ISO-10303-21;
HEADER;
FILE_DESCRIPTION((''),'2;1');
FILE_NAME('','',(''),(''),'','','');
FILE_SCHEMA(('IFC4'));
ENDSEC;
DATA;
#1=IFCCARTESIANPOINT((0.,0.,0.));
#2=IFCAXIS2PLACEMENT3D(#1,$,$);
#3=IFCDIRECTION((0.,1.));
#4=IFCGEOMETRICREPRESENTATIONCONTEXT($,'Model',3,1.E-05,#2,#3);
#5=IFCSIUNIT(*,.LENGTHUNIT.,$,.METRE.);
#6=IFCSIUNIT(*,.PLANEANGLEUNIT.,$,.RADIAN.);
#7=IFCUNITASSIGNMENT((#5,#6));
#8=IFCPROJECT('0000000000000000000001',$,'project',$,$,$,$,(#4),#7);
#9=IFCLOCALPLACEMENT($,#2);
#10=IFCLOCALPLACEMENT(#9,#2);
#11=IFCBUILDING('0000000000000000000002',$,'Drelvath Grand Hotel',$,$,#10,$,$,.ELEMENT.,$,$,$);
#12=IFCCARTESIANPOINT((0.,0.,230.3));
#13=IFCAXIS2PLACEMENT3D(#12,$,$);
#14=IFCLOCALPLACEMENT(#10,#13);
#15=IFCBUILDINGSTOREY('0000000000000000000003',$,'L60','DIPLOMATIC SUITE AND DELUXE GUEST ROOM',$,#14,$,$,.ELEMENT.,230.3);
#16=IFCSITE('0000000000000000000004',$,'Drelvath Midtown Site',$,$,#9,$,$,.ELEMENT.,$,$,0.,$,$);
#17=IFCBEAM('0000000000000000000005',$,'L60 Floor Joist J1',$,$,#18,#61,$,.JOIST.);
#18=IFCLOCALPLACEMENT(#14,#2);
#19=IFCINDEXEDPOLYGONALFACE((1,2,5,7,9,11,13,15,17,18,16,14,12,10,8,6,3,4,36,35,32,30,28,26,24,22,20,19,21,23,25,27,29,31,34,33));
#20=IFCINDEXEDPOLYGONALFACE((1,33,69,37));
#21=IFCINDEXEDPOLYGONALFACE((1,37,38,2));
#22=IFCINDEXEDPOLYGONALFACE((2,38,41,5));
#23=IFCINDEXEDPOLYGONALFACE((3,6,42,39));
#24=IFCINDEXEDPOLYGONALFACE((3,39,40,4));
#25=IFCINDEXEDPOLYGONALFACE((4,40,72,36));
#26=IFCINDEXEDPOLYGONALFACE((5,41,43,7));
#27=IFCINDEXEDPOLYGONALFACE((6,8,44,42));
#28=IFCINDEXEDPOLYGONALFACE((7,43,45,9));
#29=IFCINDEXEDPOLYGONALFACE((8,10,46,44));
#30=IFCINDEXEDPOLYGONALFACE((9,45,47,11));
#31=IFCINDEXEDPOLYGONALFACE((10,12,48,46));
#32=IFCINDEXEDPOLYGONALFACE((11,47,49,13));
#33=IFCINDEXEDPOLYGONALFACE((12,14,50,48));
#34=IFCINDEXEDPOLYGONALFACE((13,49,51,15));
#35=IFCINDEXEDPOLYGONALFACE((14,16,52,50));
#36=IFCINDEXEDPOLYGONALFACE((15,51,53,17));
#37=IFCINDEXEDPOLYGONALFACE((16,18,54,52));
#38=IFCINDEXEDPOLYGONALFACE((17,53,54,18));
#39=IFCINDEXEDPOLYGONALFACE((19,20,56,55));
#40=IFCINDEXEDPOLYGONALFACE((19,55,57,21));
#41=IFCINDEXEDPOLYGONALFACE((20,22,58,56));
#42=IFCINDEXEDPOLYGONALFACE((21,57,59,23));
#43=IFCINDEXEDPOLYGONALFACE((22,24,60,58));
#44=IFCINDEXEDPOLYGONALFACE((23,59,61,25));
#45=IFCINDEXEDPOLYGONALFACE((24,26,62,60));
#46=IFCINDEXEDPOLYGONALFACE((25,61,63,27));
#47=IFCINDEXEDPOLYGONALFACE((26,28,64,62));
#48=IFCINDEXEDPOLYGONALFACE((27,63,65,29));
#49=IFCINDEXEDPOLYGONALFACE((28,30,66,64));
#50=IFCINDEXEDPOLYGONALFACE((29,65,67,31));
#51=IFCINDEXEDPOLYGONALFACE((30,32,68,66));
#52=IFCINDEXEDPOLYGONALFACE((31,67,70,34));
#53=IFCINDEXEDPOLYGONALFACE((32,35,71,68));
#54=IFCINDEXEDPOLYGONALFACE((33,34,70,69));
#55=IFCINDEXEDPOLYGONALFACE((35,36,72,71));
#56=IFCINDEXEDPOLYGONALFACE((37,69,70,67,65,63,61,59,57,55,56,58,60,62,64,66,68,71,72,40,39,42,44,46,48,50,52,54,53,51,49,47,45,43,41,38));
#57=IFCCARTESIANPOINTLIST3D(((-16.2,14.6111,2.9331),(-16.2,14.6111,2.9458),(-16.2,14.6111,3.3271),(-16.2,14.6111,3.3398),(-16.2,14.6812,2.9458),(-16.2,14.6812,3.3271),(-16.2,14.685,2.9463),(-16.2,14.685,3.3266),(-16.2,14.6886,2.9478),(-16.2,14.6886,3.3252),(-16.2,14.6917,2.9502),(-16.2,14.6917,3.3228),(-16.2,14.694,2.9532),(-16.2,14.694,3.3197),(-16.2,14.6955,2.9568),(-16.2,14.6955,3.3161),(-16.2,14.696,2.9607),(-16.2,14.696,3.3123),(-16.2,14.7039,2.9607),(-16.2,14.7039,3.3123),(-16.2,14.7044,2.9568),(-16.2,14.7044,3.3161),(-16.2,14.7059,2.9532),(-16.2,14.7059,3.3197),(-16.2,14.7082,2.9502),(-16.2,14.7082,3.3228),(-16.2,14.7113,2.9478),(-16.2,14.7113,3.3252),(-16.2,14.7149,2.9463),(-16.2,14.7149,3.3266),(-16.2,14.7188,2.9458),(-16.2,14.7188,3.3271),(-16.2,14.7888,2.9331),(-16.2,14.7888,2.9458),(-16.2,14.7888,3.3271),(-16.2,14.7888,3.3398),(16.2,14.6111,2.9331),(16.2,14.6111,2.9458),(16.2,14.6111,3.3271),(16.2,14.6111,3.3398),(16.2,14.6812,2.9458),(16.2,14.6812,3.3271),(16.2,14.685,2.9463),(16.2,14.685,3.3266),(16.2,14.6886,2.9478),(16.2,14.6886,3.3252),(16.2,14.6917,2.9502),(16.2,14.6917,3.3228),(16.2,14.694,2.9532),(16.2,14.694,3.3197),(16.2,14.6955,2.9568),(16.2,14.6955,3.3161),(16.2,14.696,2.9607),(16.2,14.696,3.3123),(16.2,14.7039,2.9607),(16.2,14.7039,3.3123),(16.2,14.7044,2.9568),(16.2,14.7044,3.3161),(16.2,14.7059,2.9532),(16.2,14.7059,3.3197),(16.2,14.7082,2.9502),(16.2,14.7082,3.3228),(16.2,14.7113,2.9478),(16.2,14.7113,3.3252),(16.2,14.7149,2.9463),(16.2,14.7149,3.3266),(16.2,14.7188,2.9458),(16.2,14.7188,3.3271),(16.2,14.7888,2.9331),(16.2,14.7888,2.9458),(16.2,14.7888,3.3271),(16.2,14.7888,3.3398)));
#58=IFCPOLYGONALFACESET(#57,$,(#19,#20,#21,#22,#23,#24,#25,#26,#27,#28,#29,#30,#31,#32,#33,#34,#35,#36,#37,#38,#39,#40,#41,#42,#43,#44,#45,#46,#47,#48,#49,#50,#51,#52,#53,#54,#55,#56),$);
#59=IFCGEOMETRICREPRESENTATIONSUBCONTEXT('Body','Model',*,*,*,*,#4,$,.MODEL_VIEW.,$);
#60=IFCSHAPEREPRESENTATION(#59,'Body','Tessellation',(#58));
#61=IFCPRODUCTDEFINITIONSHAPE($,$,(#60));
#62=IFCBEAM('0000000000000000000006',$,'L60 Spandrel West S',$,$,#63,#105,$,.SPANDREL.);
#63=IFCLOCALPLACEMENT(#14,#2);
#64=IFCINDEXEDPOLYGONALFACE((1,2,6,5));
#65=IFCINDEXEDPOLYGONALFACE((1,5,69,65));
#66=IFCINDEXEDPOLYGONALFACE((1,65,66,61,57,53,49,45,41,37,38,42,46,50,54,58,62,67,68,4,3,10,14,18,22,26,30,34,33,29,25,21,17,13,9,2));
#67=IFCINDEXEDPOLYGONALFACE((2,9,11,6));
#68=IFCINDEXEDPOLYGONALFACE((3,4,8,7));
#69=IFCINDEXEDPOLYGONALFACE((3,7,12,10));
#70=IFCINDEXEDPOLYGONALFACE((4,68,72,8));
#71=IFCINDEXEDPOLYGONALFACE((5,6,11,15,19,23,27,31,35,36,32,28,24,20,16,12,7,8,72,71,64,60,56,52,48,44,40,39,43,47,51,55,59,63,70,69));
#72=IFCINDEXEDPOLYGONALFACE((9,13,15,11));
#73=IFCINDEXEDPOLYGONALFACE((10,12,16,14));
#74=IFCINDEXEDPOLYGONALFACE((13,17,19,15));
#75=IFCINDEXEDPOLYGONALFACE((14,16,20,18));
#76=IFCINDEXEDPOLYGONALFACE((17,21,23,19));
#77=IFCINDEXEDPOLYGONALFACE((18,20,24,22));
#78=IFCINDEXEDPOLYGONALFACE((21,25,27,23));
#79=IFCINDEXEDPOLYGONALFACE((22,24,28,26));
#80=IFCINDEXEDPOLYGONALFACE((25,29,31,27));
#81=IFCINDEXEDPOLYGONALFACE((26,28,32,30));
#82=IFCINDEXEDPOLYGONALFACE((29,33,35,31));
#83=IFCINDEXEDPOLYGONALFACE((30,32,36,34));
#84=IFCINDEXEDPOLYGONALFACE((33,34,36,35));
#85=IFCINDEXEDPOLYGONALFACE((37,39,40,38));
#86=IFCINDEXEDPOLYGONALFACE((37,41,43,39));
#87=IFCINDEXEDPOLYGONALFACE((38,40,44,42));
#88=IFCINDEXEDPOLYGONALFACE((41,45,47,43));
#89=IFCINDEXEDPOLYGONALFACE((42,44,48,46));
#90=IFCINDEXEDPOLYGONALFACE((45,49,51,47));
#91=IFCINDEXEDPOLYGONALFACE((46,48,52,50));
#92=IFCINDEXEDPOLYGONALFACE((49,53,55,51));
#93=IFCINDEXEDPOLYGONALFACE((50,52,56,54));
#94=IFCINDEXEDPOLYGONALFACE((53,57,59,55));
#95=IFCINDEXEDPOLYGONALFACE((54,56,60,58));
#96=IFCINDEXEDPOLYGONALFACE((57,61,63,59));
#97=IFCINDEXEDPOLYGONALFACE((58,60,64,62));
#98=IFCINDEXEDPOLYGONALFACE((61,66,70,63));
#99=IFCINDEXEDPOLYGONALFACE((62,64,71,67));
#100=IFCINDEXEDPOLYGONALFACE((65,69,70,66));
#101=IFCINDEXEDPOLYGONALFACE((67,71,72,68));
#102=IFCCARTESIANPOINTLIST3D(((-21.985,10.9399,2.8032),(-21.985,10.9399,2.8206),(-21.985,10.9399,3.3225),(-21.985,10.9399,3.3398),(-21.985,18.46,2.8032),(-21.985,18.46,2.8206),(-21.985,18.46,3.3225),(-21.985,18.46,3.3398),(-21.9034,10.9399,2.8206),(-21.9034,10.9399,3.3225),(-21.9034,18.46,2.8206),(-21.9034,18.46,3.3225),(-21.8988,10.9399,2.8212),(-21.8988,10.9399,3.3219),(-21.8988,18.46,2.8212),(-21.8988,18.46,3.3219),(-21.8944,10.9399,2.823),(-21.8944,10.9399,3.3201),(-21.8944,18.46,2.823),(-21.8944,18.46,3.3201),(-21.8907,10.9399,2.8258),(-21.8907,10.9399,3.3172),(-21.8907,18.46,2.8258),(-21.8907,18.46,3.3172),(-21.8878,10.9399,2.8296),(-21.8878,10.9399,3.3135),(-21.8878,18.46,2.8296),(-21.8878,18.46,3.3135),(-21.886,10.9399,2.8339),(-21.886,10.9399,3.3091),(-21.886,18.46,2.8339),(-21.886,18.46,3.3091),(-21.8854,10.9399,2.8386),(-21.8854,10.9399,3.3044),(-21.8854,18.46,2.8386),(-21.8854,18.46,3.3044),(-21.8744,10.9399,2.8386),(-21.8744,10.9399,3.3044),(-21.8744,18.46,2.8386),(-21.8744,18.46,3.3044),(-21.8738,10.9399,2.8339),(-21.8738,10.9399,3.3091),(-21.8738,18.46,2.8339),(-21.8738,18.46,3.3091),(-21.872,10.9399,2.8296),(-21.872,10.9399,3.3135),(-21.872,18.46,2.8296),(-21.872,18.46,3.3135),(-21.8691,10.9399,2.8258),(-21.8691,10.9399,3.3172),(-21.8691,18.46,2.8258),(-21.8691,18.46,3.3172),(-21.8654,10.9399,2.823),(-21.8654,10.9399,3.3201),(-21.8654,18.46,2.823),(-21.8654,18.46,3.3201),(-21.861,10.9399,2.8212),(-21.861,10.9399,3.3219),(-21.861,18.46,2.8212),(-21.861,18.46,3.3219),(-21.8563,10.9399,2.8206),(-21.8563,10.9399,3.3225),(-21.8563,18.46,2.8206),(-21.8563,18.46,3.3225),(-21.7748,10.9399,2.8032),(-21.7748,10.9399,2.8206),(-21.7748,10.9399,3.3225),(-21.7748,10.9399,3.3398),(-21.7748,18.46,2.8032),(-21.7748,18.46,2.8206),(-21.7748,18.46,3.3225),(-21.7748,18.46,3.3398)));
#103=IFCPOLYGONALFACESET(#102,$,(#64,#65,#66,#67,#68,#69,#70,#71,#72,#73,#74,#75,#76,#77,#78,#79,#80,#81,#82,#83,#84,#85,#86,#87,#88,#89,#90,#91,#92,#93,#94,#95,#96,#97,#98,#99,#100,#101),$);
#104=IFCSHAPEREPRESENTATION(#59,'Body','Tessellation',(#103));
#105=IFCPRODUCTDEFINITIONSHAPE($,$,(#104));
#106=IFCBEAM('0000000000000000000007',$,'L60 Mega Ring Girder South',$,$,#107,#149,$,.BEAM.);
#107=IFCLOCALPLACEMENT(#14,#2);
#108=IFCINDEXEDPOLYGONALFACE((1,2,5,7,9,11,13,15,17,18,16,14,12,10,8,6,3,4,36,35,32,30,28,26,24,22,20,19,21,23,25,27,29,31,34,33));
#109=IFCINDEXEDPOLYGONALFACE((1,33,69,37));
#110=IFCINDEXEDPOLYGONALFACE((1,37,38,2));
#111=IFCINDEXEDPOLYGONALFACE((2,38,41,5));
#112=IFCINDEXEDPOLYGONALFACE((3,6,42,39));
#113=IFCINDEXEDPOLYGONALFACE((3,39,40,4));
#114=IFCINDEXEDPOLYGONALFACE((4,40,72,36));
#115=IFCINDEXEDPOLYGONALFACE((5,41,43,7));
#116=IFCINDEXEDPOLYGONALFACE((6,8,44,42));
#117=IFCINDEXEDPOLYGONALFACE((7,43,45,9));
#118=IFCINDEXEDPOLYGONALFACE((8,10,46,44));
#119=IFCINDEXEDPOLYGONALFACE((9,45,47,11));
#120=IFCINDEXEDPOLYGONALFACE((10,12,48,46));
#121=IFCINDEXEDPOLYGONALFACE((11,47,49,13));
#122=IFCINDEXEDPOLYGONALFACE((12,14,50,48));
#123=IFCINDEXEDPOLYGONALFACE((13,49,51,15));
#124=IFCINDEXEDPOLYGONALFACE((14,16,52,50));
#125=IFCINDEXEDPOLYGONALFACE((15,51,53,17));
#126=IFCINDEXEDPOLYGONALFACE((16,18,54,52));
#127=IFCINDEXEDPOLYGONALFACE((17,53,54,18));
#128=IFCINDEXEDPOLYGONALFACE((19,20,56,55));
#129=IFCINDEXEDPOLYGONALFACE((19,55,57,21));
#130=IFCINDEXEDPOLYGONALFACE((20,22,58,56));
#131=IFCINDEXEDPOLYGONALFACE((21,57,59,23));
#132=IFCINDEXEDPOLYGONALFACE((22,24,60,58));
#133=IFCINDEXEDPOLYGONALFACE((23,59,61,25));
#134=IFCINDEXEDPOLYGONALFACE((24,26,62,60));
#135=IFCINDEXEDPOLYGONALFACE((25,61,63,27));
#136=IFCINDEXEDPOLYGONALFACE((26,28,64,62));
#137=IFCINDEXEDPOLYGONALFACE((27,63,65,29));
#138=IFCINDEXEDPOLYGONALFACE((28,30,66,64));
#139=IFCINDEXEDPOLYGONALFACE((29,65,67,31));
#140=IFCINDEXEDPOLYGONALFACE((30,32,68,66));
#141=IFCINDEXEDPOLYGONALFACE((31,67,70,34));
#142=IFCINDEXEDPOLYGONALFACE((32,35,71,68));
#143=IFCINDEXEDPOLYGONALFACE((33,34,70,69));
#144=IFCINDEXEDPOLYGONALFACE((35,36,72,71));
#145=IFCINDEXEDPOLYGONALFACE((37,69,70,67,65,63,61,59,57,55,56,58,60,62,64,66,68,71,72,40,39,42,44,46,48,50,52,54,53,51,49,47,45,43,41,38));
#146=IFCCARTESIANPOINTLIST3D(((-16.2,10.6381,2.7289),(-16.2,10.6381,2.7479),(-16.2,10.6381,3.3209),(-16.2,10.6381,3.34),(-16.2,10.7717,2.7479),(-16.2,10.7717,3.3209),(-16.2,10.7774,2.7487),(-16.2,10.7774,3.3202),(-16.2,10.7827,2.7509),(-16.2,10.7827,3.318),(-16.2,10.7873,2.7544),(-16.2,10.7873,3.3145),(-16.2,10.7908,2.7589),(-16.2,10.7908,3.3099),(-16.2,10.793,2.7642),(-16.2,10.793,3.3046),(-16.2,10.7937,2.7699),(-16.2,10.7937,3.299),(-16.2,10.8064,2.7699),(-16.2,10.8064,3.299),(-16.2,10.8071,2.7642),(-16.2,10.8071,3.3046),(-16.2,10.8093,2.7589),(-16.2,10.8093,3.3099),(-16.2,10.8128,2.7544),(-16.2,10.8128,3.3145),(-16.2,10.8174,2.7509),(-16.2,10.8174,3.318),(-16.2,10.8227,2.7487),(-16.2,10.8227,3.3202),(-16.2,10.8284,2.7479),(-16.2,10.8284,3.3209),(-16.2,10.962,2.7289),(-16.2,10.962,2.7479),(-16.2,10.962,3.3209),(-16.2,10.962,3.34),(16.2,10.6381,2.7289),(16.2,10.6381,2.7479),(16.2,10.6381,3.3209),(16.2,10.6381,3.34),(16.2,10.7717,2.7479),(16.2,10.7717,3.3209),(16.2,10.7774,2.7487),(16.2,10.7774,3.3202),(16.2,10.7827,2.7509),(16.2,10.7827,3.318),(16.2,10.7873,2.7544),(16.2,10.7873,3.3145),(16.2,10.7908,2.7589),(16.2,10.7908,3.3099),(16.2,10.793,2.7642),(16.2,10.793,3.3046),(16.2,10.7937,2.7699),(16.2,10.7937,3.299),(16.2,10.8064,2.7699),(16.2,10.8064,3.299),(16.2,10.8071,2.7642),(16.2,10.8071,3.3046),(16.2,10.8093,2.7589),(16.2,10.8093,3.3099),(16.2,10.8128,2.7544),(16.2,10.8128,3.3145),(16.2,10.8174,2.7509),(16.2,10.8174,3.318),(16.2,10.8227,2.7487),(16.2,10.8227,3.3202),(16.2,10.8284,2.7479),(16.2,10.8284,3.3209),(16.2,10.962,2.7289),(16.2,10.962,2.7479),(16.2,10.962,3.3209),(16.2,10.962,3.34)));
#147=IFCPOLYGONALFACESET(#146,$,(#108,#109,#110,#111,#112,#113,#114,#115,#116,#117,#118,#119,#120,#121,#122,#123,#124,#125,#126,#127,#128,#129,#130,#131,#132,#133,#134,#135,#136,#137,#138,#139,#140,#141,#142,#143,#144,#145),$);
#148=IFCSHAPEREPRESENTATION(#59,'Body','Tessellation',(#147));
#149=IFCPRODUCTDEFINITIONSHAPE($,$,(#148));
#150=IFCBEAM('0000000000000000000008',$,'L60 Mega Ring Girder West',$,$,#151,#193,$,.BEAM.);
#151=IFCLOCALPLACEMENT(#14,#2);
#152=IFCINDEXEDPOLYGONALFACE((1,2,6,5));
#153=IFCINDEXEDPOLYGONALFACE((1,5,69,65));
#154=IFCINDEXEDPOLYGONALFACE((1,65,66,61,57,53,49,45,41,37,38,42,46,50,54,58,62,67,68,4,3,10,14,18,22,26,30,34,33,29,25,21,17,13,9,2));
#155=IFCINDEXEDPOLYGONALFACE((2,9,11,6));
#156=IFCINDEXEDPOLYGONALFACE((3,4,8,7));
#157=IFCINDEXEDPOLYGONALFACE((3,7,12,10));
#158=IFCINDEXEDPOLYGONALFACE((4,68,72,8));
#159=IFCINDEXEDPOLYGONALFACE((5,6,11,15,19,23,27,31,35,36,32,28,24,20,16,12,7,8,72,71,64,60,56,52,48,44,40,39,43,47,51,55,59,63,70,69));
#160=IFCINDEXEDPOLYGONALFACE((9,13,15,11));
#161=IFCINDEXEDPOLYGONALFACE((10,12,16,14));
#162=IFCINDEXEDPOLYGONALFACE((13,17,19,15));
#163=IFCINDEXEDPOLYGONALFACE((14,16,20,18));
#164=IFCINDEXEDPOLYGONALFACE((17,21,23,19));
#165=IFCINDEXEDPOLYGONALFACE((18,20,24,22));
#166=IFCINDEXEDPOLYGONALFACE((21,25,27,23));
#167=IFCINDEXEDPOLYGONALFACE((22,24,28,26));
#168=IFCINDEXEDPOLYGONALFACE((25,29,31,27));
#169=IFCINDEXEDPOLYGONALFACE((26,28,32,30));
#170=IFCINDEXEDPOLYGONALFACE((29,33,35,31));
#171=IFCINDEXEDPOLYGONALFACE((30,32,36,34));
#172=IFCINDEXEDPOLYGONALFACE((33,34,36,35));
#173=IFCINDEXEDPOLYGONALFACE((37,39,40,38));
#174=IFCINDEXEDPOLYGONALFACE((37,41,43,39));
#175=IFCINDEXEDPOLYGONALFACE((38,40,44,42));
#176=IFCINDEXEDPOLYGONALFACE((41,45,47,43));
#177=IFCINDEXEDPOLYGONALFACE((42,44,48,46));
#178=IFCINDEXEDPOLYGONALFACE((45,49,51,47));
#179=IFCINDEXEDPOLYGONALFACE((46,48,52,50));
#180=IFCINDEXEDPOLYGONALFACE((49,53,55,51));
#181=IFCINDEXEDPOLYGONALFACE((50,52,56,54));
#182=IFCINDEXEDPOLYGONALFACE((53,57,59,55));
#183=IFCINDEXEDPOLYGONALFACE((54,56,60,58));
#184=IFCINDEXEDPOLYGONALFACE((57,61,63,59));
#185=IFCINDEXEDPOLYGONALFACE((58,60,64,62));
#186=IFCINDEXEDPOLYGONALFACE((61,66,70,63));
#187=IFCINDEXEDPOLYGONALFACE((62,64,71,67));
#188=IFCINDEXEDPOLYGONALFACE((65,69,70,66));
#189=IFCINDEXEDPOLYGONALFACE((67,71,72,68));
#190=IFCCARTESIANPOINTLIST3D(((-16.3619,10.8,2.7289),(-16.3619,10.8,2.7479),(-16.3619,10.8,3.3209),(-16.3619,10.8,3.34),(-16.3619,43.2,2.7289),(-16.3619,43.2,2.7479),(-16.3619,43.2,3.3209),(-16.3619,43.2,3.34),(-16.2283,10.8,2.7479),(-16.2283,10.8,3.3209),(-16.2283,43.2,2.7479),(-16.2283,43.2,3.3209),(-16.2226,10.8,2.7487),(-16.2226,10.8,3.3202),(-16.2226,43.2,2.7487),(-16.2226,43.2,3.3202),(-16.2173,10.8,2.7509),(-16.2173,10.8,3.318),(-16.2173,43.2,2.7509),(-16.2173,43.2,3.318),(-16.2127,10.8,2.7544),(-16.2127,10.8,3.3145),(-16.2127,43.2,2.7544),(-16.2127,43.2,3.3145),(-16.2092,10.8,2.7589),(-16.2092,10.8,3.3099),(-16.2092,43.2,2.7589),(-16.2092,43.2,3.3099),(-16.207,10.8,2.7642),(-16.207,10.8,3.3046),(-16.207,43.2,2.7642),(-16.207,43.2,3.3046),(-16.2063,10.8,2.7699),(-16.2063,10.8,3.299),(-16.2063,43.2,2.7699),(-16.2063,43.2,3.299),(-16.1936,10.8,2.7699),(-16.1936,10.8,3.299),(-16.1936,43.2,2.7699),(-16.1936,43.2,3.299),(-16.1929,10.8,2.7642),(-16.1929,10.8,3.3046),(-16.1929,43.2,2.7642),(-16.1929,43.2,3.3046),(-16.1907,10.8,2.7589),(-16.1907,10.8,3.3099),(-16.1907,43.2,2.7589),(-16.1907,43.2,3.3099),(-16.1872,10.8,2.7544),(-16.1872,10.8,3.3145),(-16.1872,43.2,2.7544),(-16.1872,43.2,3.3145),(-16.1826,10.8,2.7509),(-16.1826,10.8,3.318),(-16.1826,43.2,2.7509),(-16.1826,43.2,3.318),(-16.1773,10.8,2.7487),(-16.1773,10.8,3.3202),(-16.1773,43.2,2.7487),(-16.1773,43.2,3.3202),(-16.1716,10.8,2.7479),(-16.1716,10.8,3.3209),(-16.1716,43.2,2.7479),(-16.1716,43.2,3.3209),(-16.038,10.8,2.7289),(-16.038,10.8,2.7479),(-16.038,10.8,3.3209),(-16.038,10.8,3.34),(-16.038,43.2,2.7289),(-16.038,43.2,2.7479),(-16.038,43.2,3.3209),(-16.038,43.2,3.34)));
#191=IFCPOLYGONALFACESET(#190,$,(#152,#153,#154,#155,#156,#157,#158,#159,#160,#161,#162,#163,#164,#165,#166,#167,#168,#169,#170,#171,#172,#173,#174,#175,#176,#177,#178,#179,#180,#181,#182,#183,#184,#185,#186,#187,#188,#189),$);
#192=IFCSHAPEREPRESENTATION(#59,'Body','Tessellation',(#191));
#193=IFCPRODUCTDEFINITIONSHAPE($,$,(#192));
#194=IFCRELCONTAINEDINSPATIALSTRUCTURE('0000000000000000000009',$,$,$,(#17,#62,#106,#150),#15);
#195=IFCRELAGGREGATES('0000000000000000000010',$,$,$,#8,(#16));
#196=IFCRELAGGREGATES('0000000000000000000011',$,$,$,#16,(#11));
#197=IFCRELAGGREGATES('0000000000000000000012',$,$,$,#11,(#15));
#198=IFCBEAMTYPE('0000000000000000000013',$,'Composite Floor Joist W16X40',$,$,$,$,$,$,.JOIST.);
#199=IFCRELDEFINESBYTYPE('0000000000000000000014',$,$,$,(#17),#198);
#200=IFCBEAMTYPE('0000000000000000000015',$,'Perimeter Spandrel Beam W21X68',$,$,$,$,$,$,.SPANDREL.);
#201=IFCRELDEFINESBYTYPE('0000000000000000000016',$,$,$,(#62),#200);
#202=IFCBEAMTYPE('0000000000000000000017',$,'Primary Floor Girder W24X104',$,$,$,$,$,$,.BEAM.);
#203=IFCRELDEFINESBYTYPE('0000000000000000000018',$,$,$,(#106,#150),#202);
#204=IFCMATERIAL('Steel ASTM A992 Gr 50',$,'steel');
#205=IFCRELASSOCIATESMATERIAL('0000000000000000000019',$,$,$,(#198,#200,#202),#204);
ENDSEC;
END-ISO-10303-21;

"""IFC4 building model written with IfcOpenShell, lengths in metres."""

from ifc_helpers import new_model, si_unit, direction, frame, origin, origin_2d, place, context, subcontext, project, spatial, i_section, extrude, material, material_profile, profile_set, type_object, element, save


model = new_model("IFC4")

# Units and contexts
model_context = context("Model", 3, precision=1e-05, world=origin(), true_north=direction((0.0, 1.0)))
body_context = subcontext(model_context, "Body", "Model", "MODEL_VIEW")
ifc_project = project(units=[si_unit("LENGTHUNIT", "METRE"), si_unit("PLANEANGLEUNIT", "RADIAN")], contexts=[model_context])

# Site, building, storey
site_placement = place(None, origin())
site = spatial("IfcSite", under=ifc_project, at=site_placement, Name="Drelvath Midtown Site", CompositionType="ELEMENT", RefElevation=0.0)
building_placement = place(site_placement, origin())
building = spatial("IfcBuilding", under=site, at=building_placement, Name="Drelvath Grand Hotel", CompositionType="ELEMENT")
storey_placement = place(building_placement, frame((0.0, 0.0, 230.3)))
storey = spatial("IfcBuildingStorey", under=building, at=storey_placement, Name="L60", Description="DIPLOMATIC SUITE AND DELUXE GUEST ROOM", CompositionType="ELEMENT", Elevation=230.3)

# Beams
ifc_material_1 = material(Name="Steel ASTM A992 Gr 50", Category="steel")
ifc_material_profile_1 = material_profile(ifc_material_1, i_section(OverallWidth=0.1777, OverallDepth=0.4067, WebThickness=0.0078, FlangeThickness=0.0127, FilletRadius=0.0149, at=origin_2d()), Name="W16X40")
ifc_profile_set_1 = profile_set([ifc_material_profile_1], Name="Steel ASTM A992 Gr 50")
beam_type_1 = type_object("IfcBeamType", Name="Composite Floor Joist W16X40", PredefinedType="JOIST", material=ifc_profile_set_1)
beam_1_placement = place(storey_placement, frame((-16.2, 14.7, 3.1365), z_axis=(1.0, 0.0, 0.0), x_axis=(0.0, 1.0, 0.0)))
element("IfcBeam", 1, at=beam_1_placement, inside=storey, type_object=beam_type_1, Name="L60 Floor Joist J1", PredefinedType="JOIST", context=body_context, shape_type="SweptSolid", body=[
    extrude(i_section(OverallWidth=0.1777, OverallDepth=0.4067, WebThickness=0.0078, FlangeThickness=0.0127, FilletRadius=0.0149, at=origin_2d()), origin(), (0.0, 0.0, 1.0), 32.3999),
])
ifc_material_profile_2 = material_profile(ifc_material_1, i_section(OverallWidth=0.2102, OverallDepth=0.5366, WebThickness=0.011, FlangeThickness=0.0173, FilletRadius=0.0181, at=origin_2d()), Name="W21X68")
ifc_profile_set_2 = profile_set([ifc_material_profile_2], Name="Steel ASTM A992 Gr 50")
beam_type_2 = type_object("IfcBeamType", Name="Perimeter Spandrel Beam W21X68", PredefinedType="SPANDREL", material=ifc_profile_set_2)
beam_2_placement = place(storey_placement, frame((-21.8799, 10.9399, 3.0715), z_axis=(0.0, 1.0, 0.0), x_axis=(-1.0, 0.0, 0.0)))
element("IfcBeam", 2, at=beam_2_placement, inside=storey, type_object=beam_type_2, Name="L60 Spandrel West S", PredefinedType="SPANDREL", context=body_context, shape_type="SweptSolid", body=[
    extrude(i_section(OverallWidth=0.2102, OverallDepth=0.5366, WebThickness=0.011, FlangeThickness=0.0173, FilletRadius=0.0181, at=origin_2d()), origin(), (0.0, 0.0, 1.0), 7.52),
])
ifc_material_profile_3 = material_profile(ifc_material_1, i_section(OverallWidth=0.324, OverallDepth=0.6111, WebThickness=0.0127, FlangeThickness=0.019, FilletRadius=0.022, at=origin_2d()), Name="W24X104")
ifc_profile_set_3 = profile_set([ifc_material_profile_3], Name="Steel ASTM A992 Gr 50")
beam_type_3 = type_object("IfcBeamType", Name="Primary Floor Girder W24X104", PredefinedType="BEAM", material=ifc_profile_set_3)
for number, where, z_axis, x_axis, name in (
    (3, (-16.2, 10.8, 3.0344), (1.0, 0.0, 0.0), (0.0, 1.0, 0.0), "L60 Mega Ring Girder South"),
    (4, (-16.2, 10.8, 3.0344), (0.0, 1.0, 0.0), (-1.0, 0.0, 0.0), "L60 Mega Ring Girder West"),
):
    element("IfcBeam", number, at=place(storey_placement, frame(where, z_axis=z_axis, x_axis=x_axis)), inside=storey, type_object=beam_type_3, Name=name, PredefinedType="BEAM", context=body_context, shape_type="SweptSolid", body=[
        extrude(i_section(OverallWidth=0.324, OverallDepth=0.6111, WebThickness=0.0127, FlangeThickness=0.019, FilletRadius=0.022, at=origin_2d()), origin(), (0.0, 0.0, 1.0), 32.3999),
    ])

save(model, "model.ifc")
